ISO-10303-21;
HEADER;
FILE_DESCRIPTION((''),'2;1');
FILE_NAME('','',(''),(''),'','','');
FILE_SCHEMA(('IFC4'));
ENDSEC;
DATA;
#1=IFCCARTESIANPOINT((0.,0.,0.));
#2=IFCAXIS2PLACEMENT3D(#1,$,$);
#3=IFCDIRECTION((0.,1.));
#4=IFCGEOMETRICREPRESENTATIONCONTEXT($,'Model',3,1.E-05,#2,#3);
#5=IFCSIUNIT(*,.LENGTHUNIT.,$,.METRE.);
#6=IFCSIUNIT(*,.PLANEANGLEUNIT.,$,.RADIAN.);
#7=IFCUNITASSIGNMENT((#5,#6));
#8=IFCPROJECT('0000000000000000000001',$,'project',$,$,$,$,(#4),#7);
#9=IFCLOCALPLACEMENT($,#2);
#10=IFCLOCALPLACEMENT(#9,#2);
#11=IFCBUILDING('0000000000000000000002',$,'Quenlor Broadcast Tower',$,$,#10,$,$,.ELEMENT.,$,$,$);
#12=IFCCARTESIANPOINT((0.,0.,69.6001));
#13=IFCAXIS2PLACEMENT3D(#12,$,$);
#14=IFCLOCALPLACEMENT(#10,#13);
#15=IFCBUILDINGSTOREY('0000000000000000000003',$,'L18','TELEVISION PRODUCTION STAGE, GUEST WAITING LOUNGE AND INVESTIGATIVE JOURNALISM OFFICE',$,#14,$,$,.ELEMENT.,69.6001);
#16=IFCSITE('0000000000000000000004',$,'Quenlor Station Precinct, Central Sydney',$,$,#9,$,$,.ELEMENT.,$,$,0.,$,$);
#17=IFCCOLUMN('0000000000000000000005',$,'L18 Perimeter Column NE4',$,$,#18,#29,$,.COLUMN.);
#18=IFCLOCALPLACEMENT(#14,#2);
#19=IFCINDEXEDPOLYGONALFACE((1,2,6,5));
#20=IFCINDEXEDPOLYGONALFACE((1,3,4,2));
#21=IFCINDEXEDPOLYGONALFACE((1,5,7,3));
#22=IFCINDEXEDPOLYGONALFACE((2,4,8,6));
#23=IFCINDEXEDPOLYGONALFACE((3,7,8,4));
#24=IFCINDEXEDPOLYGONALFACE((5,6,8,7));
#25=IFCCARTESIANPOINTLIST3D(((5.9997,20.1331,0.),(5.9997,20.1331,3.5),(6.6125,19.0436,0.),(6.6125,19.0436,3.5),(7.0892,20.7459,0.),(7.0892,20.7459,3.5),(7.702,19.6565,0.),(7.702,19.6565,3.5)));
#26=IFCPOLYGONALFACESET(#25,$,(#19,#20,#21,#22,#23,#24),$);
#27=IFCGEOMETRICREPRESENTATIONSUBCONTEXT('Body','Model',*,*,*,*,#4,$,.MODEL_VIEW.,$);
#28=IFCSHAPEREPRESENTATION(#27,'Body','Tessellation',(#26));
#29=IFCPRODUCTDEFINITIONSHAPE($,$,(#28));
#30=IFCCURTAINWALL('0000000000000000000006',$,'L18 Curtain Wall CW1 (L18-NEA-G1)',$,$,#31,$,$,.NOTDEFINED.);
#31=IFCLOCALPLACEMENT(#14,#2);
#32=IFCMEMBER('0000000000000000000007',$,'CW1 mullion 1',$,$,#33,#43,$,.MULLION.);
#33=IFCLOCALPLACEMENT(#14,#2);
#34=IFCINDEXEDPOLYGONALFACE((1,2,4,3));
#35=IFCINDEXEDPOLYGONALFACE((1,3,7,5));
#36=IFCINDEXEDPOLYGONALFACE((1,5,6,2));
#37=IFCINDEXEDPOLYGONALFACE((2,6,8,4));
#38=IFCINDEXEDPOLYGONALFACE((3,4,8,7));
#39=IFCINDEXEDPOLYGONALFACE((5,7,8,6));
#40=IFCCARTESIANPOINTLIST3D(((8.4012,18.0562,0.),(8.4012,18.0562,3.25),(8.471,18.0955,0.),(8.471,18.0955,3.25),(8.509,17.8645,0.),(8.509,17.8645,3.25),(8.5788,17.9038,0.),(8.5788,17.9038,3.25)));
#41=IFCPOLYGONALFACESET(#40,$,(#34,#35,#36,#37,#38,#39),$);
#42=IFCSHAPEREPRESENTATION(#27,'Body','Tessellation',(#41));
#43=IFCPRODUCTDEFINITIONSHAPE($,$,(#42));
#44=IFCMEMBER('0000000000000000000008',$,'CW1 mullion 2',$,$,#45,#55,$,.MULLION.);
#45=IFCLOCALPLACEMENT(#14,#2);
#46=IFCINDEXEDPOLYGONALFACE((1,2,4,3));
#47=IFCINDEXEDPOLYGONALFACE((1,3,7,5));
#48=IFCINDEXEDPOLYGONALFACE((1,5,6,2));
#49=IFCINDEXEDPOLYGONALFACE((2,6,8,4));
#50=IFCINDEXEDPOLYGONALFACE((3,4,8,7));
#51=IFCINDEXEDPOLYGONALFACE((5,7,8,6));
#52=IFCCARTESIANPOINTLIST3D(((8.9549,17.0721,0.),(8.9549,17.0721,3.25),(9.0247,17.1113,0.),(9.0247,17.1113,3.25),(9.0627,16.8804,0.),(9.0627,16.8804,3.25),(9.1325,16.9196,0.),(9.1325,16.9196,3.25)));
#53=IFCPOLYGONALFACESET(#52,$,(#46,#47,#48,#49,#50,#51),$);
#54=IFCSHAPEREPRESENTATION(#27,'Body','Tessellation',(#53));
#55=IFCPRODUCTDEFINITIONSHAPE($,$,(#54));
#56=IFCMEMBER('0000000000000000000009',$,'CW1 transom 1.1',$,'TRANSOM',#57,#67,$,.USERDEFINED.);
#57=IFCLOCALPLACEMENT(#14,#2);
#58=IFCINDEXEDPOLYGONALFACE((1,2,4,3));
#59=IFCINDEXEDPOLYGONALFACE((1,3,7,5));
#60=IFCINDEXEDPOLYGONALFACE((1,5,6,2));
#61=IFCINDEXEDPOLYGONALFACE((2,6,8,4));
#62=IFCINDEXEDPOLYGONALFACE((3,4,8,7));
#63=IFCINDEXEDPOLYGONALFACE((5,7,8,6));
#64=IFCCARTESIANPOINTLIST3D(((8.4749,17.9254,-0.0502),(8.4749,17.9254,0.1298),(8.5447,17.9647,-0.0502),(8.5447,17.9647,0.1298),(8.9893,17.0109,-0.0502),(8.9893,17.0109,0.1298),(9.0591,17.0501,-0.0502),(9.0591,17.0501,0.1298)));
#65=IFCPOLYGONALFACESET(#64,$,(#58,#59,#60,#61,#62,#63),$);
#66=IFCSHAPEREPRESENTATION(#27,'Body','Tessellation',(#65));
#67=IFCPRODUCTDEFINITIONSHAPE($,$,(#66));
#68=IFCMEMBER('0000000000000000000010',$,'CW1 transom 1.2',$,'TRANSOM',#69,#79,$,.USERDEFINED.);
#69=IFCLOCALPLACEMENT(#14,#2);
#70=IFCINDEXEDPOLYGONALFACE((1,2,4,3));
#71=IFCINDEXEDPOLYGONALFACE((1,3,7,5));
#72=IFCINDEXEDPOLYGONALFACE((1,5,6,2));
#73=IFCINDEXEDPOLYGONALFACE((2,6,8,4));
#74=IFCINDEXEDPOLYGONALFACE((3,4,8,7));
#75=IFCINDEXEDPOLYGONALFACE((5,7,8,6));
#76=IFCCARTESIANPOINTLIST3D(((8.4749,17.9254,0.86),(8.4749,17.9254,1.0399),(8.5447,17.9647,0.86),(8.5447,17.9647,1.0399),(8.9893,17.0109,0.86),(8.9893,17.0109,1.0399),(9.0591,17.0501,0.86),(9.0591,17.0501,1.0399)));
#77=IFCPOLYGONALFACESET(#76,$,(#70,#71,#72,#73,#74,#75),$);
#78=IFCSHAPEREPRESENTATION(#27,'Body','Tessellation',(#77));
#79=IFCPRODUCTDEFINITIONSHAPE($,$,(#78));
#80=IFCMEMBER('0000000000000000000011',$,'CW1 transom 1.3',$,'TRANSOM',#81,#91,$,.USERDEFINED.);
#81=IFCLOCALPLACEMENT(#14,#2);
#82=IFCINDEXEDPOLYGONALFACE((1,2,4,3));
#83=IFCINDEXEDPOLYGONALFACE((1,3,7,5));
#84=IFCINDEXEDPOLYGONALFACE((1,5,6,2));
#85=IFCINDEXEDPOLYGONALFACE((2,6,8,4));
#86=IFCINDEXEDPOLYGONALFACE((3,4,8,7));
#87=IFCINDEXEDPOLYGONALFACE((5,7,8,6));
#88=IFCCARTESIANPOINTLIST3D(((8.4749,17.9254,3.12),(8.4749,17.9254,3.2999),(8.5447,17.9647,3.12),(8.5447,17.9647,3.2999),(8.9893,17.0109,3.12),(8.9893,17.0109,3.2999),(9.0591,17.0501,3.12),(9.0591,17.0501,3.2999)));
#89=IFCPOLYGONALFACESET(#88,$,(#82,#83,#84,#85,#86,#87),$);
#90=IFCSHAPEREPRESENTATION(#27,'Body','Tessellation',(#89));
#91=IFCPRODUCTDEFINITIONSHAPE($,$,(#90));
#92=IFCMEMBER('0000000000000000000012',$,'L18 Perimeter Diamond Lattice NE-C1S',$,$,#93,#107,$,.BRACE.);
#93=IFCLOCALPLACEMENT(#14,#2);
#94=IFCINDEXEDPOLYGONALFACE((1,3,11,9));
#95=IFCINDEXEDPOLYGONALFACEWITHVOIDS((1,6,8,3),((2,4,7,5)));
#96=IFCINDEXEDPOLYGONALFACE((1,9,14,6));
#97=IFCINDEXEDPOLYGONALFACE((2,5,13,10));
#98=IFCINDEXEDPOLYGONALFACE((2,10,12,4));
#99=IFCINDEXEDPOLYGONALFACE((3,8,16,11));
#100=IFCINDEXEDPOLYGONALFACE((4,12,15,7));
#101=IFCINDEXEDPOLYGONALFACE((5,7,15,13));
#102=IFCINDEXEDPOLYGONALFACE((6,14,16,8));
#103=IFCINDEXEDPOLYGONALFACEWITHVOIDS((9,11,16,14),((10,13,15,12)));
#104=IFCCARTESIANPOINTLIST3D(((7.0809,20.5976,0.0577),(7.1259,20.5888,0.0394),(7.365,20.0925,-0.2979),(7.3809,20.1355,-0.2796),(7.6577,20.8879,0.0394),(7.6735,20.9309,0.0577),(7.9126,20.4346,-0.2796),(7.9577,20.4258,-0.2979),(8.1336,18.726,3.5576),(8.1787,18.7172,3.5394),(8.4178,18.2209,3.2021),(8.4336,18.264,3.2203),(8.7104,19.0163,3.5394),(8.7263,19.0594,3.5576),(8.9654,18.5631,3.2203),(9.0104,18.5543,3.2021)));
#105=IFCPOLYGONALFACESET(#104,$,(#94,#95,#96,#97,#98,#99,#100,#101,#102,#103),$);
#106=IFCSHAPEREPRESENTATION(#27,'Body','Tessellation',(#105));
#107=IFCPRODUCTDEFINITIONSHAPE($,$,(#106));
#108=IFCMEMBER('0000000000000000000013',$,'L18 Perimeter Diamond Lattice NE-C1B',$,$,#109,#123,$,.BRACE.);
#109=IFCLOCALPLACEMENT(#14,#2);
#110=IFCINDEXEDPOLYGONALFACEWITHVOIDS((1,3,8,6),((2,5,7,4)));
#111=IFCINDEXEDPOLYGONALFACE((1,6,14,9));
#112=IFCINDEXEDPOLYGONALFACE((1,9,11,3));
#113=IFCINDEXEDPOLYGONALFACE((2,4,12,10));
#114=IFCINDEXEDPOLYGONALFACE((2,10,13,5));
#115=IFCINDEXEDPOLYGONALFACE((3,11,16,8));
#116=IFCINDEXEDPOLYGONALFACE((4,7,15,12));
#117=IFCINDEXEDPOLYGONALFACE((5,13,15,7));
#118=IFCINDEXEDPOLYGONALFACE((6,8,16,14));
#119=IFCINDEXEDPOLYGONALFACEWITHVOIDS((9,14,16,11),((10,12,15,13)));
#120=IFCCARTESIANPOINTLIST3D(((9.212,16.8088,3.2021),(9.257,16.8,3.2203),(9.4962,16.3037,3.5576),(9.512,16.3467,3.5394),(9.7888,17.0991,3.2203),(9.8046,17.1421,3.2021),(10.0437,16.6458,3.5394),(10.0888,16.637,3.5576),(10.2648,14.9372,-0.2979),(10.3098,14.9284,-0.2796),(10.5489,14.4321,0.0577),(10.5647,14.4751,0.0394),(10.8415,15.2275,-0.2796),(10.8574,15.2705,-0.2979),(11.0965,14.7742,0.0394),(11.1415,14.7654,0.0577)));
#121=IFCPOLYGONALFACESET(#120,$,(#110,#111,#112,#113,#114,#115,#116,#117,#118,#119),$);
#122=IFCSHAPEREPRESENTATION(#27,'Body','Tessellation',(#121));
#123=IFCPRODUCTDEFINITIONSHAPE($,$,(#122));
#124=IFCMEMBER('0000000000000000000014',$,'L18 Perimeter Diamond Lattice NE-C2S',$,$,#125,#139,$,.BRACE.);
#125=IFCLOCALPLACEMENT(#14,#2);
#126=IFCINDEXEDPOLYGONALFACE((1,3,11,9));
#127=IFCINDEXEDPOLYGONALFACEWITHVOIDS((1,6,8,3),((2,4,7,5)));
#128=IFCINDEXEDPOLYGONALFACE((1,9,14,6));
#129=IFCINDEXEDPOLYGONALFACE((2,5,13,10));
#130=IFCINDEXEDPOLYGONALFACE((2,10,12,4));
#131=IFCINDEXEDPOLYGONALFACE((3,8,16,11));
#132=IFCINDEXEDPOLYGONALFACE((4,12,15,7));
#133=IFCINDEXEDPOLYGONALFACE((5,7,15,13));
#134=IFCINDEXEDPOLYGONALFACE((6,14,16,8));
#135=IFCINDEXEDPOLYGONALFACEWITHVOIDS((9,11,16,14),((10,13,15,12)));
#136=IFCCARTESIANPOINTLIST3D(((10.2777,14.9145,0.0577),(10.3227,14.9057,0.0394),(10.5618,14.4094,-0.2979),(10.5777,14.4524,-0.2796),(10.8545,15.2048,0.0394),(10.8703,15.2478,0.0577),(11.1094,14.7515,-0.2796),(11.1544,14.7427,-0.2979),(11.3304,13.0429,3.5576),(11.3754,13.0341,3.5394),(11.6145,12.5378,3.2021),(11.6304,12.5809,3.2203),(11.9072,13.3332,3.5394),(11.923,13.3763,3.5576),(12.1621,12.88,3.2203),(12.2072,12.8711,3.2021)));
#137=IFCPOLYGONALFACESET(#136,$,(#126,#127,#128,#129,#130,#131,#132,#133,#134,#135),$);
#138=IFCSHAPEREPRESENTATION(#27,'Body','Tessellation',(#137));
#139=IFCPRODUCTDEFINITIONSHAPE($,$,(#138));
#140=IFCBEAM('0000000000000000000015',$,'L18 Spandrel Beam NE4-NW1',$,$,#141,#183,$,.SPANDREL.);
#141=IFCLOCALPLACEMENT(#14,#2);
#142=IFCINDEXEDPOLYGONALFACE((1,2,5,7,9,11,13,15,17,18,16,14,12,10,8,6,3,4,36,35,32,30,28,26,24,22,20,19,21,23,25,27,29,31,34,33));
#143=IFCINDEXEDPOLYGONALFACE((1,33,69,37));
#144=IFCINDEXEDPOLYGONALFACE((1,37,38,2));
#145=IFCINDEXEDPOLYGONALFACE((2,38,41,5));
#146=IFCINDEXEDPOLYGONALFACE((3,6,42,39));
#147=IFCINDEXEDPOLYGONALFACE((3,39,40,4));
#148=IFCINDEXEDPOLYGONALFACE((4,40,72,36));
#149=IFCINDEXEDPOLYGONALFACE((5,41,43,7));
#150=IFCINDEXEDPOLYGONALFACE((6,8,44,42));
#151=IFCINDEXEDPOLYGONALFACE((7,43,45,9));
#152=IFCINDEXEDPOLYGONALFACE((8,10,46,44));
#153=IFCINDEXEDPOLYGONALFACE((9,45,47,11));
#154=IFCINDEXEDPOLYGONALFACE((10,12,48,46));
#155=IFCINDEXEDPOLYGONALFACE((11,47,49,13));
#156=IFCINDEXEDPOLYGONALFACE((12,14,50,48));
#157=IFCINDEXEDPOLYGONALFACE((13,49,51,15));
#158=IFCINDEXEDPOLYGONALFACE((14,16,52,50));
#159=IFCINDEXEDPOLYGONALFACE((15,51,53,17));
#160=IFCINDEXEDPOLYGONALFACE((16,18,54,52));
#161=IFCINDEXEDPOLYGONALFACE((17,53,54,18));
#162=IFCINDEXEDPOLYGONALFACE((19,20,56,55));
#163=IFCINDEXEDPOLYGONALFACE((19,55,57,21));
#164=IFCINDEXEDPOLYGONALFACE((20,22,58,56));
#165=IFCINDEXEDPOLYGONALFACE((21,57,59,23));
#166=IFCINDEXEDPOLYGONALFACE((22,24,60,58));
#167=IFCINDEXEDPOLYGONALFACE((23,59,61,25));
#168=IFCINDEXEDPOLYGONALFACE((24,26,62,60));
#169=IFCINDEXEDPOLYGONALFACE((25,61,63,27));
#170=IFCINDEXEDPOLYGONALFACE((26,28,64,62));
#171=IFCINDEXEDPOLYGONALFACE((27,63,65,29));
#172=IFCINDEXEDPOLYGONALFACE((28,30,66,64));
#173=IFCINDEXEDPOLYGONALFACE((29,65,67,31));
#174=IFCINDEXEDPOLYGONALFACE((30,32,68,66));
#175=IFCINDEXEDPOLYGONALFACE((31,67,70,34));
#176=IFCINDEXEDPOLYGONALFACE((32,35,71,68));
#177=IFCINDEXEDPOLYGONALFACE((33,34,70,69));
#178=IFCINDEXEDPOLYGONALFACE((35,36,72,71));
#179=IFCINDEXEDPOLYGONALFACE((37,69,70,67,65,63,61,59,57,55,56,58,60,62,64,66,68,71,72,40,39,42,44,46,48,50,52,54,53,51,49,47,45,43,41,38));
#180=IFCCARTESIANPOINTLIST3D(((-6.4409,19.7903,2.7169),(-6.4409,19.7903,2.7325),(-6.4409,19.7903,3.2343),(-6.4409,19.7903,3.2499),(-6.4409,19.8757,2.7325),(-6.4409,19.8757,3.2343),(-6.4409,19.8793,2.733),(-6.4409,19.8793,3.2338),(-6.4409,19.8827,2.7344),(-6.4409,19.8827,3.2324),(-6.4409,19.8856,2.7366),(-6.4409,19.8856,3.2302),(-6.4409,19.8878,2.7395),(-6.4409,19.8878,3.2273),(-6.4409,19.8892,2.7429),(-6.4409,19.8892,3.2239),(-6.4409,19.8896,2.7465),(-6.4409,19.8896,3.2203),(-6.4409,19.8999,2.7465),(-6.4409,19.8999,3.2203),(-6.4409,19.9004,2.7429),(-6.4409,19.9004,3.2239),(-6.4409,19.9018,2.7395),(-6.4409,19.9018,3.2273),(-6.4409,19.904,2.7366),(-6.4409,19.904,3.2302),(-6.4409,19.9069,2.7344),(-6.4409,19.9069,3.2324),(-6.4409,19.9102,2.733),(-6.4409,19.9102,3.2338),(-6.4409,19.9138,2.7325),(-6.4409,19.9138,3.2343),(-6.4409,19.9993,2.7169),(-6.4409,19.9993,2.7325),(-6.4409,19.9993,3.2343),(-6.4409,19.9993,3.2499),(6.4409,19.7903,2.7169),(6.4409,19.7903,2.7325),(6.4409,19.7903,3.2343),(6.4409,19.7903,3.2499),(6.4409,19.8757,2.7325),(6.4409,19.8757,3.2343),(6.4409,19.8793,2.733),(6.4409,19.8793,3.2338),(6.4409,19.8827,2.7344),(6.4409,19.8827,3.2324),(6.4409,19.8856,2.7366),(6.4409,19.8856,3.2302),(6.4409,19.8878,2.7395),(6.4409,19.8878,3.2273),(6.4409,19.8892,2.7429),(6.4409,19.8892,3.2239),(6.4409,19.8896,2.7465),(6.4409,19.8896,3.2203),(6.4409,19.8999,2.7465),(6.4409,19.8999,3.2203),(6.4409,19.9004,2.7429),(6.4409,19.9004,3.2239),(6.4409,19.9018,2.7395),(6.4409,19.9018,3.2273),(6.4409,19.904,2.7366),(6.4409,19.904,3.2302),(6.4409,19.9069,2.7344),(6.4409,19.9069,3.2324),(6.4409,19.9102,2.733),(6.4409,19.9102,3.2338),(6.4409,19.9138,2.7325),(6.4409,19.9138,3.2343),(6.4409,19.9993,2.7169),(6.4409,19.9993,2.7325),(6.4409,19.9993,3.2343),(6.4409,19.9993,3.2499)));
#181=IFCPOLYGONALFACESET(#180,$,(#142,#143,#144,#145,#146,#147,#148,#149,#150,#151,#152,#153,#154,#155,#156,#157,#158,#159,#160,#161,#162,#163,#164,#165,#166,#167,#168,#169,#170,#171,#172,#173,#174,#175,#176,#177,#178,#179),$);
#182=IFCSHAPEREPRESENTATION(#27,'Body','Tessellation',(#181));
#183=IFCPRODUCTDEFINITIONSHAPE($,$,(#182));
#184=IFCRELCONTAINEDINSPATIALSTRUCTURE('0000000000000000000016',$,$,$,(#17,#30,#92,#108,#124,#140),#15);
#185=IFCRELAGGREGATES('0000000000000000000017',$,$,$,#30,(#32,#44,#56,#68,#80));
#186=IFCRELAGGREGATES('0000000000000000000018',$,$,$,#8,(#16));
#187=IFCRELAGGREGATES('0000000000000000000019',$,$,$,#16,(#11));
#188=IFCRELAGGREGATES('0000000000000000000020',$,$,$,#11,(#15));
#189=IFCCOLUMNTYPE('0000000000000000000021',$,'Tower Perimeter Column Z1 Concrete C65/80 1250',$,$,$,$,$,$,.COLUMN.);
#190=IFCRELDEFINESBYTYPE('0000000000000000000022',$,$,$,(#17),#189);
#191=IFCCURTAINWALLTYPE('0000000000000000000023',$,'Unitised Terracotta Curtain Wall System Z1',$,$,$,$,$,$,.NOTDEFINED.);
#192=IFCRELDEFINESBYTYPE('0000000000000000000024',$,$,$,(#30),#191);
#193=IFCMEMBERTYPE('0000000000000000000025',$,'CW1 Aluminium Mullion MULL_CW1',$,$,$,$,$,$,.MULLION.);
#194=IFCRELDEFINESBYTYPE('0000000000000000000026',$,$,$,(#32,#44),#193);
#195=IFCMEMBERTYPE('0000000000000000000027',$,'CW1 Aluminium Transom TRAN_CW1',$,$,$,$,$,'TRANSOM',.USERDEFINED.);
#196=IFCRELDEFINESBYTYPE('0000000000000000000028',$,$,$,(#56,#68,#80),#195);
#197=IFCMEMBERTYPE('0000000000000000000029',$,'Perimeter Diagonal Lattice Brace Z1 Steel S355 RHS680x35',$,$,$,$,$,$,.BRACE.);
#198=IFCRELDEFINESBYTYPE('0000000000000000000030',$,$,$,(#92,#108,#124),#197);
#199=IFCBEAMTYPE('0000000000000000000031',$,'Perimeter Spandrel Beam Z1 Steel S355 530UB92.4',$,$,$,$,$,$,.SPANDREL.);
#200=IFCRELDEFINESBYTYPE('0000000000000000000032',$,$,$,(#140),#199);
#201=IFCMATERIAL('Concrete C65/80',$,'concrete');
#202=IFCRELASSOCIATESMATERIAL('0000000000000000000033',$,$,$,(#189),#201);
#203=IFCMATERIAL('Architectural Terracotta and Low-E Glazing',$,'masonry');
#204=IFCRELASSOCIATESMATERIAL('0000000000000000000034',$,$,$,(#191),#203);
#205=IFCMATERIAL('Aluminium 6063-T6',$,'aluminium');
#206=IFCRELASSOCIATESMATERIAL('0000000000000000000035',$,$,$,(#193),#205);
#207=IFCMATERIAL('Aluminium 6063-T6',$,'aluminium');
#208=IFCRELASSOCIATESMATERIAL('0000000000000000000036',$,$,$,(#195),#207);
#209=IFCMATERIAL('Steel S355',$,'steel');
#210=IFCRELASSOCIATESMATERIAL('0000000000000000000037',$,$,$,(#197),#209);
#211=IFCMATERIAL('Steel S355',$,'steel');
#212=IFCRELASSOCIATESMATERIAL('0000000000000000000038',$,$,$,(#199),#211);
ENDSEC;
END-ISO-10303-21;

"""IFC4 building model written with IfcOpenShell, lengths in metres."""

from ifc_helpers import new_model, si_unit, direction, frame, origin, origin_2d, place, context, subcontext, project, spatial, rectangle, hollow_rectangle, i_section, extrude, material, material_profile, profile_set, type_object, element, aggregate, save


model = new_model("IFC4")

# Units and contexts
model_context = context("Model", 3, precision=1e-05, world=origin(), true_north=direction((0.0, 1.0)))
body_context = subcontext(model_context, "Body", "Model", "MODEL_VIEW")
ifc_project = project(units=[si_unit("LENGTHUNIT", "METRE"), si_unit("PLANEANGLEUNIT", "RADIAN")], contexts=[model_context])

# Site, building, storey
site_placement = place(None, origin())
site = spatial("IfcSite", under=ifc_project, at=site_placement, Name="Quenlor Station Precinct, Central Sydney", CompositionType="ELEMENT", RefElevation=0.0)
building_placement = place(site_placement, origin())
building = spatial("IfcBuilding", under=site, at=building_placement, Name="Quenlor Broadcast Tower", CompositionType="ELEMENT")
storey_placement = place(building_placement, frame((0.0, 0.0, 69.6001)))
storey = spatial("IfcBuildingStorey", under=building, at=storey_placement, Name="L18", Description="TELEVISION PRODUCTION STAGE, GUEST WAITING LOUNGE AND INVESTIGATIVE JOURNALISM OFFICE", CompositionType="ELEMENT", Elevation=69.6001)

# Column
ifc_material_1 = material(Name="Concrete C65/80", Category="concrete")
ifc_material_profile_1 = material_profile(ifc_material_1, rectangle(XDim=1.25, YDim=1.25, at=origin_2d()))
ifc_profile_set_1 = profile_set([ifc_material_profile_1], Name="Concrete C65/80 RC1250x1250")
column_type = type_object("IfcColumnType", Name="Tower Perimeter Column Z1 Concrete C65/80 1250", PredefinedType="COLUMN", material=ifc_profile_set_1)
column_placement = place(storey_placement, frame((6.8508, 19.8948, 0.0), z_axis=(0.0, 0.0, 1.0), x_axis=(0.871575, 0.490262, 0.0)))
element("IfcColumn", 1, at=column_placement, inside=storey, type_object=column_type, Name="L18 Perimeter Column NE4", PredefinedType="COLUMN", context=body_context, shape_type="SweptSolid", body=[
    extrude(rectangle(XDim=1.25, YDim=1.25, at=origin_2d()), origin(), (0.0, 0.0, 1.0), 3.5),
])

# Curtain wall, members
ifc_material_2 = material(Name="Architectural Terracotta and Low-E Glazing", Category="masonry")
curtain_wall_type = type_object("IfcCurtainWallType", Name="Unitised Terracotta Curtain Wall System Z1", PredefinedType="NOTDEFINED", material=ifc_material_2)
curtain_wall_placement = place(storey_placement, origin())
curtain_wall = element("IfcCurtainWall", 2, at=curtain_wall_placement, inside=storey, type_object=curtain_wall_type, Name="L18 Curtain Wall CW1 (L18-NEA-G1)", PredefinedType="NOTDEFINED")
ifc_material_3 = material(Name="Aluminium 6063-T6", Category="aluminium")
ifc_material_profile_2 = material_profile(ifc_material_3, rectangle(XDim=0.0801, YDim=0.22, at=origin_2d()))
ifc_profile_set_2 = profile_set([ifc_material_profile_2], Name="Aluminium 6063-T6 MULL80x220")
member_type_1 = type_object("IfcMemberType", Name="CW1 Aluminium Mullion MULL_CW1", PredefinedType="MULLION", material=ifc_profile_set_2)
member_1_placement = place(storey_placement, frame((8.49, 17.98, 0.0), z_axis=(0.0, 0.0, 1.0), x_axis=(0.871567, 0.490277, 0.0)))
member_1 = element("IfcMember", 3, at=member_1_placement, type_object=member_type_1, Name="CW1 mullion 1", PredefinedType="MULLION", context=body_context, shape_type="SweptSolid", body=[
    extrude(rectangle(XDim=0.0801, YDim=0.22, at=origin_2d()), origin(), (0.0, 0.0, 1.0), 3.25),
])
member_2_placement = place(storey_placement, frame((9.0437, 16.9958, 0.0), z_axis=(0.0, 0.0, 1.0), x_axis=(0.871567, 0.490277, 0.0)))
member_2 = element("IfcMember", 4, at=member_2_placement, type_object=member_type_1, Name="CW1 mullion 2", PredefinedType="MULLION", context=body_context, shape_type="SweptSolid", body=[
    extrude(rectangle(XDim=0.0801, YDim=0.22, at=origin_2d()), origin(), (0.0, 0.0, 1.0), 3.25),
])
ifc_material_4 = material(Name="Aluminium 6063-T6", Category="aluminium")
ifc_material_profile_3 = material_profile(ifc_material_4, rectangle(XDim=0.0801, YDim=0.1799, at=origin_2d()))
ifc_profile_set_3 = profile_set([ifc_material_profile_3], Name="Aluminium 6063-T6 TRAN80x180")
member_type_2 = type_object("IfcMemberType", Name="CW1 Aluminium Transom TRAN_CW1", ElementType="TRANSOM", PredefinedType="USERDEFINED", material=ifc_profile_set_3)
member_3_placement = place(storey_placement, frame((8.5098, 17.9451, 0.0398), z_axis=(0.490239, -0.871588, 0.0), x_axis=(0.871588, 0.490239, 0.0)))
member_3 = element("IfcMember", 5, at=member_3_placement, type_object=member_type_2, Name="CW1 transom 1.1", ObjectType="TRANSOM", PredefinedType="USERDEFINED", context=body_context, shape_type="SweptSolid", body=[
    extrude(rectangle(XDim=0.0801, YDim=0.1799, at=origin_2d()), origin(), (0.0, 0.0, 1.0), 1.0493),
])
member_4_placement = place(storey_placement, frame((8.5098, 17.9451, 0.95), z_axis=(0.490239, -0.871588, 0.0), x_axis=(0.871588, 0.490239, 0.0)))
member_4 = element("IfcMember", 6, at=member_4_placement, type_object=member_type_2, Name="CW1 transom 1.2", ObjectType="TRANSOM", PredefinedType="USERDEFINED", context=body_context, shape_type="SweptSolid", body=[
    extrude(rectangle(XDim=0.0801, YDim=0.1799, at=origin_2d()), origin(), (0.0, 0.0, 1.0), 1.0493),
])
member_5_placement = place(storey_placement, frame((8.5098, 17.9451, 3.21), z_axis=(0.490239, -0.871588, 0.0), x_axis=(0.871588, 0.490239, 0.0)))
member_5 = element("IfcMember", 7, at=member_5_placement, type_object=member_type_2, Name="CW1 transom 1.3", ObjectType="TRANSOM", PredefinedType="USERDEFINED", context=body_context, shape_type="SweptSolid", body=[
    extrude(rectangle(XDim=0.0801, YDim=0.1799, at=origin_2d()), origin(), (0.0, 0.0, 1.0), 1.0493),
])

# Members
ifc_material_5 = material(Name="Steel S355", Category="steel")
ifc_material_profile_4 = material_profile(ifc_material_5, hollow_rectangle(XDim=0.6799, YDim=0.6799, WallThickness=0.0349, at=origin_2d()))
ifc_profile_set_4 = profile_set([ifc_material_profile_4], Name="Steel S355 RHS680x680x35")
member_type_3 = type_object("IfcMemberType", Name="Perimeter Diagonal Lattice Brace Z1 Steel S355 RHS680x35", PredefinedType="BRACE", material=ifc_profile_set_4)
for number, where, z_axis, x_axis, name in (
    (8, (7.5193, 20.5117, -0.1201), (0.256375, -0.455792, 0.852365), (0.871582, 0.49025, 0.0), "L18 Perimeter Diamond Lattice NE-C1S"),
    (9, (10.7031, 14.8513, -0.1201), (-0.256375, 0.455792, 0.852365), (-0.871582, -0.49025, 0.0), "L18 Perimeter Diamond Lattice NE-C1B"),
    (10, (10.7161, 14.8286, -0.1201), (0.256375, -0.455792, 0.852365), (0.871582, 0.49025, 0.0), "L18 Perimeter Diamond Lattice NE-C2S"),
):
    element("IfcMember", number, at=place(storey_placement, frame(where, z_axis=z_axis, x_axis=x_axis)), inside=storey, type_object=member_type_3, Name=name, PredefinedType="BRACE", context=body_context, shape_type="SweptSolid", body=[
        extrude(hollow_rectangle(XDim=0.6799, YDim=0.6799, WallThickness=0.0349, at=origin_2d()), origin(), (0.0, 0.0, 1.0), 4.1062),
    ])

# Beam
ifc_material_6 = material(Name="Steel S355", Category="steel")
ifc_material_profile_5 = material_profile(ifc_material_6, i_section(OverallWidth=0.209, OverallDepth=0.533, WebThickness=0.0103, FlangeThickness=0.0156, FilletRadius=0.0139, at=origin_2d()))
ifc_profile_set_5 = profile_set([ifc_material_profile_5], Name="Steel S355 530UB92.4")
beam_type_1 = type_object("IfcBeamType", Name="Perimeter Spandrel Beam Z1 Steel S355 530UB92.4", PredefinedType="SPANDREL", material=ifc_profile_set_5)
beam_1_placement = place(storey_placement, frame((6.4409, 19.8948, 2.9834), z_axis=(-1.0, 0.0, 0.0), x_axis=(0.0, -1.0, 0.0)))
element("IfcBeam", 11, at=beam_1_placement, inside=storey, type_object=beam_type_1, Name="L18 Spandrel Beam NE4-NW1", PredefinedType="SPANDREL", context=body_context, shape_type="SweptSolid", body=[
    extrude(i_section(OverallWidth=0.209, OverallDepth=0.533, WebThickness=0.0103, FlangeThickness=0.0156, FilletRadius=0.0139, at=origin_2d()), origin(), (0.0, 0.0, 1.0), 12.8818),
])

aggregate(curtain_wall, [member_1, member_2, member_3, member_4, member_5])

save(model, "model.ifc")
